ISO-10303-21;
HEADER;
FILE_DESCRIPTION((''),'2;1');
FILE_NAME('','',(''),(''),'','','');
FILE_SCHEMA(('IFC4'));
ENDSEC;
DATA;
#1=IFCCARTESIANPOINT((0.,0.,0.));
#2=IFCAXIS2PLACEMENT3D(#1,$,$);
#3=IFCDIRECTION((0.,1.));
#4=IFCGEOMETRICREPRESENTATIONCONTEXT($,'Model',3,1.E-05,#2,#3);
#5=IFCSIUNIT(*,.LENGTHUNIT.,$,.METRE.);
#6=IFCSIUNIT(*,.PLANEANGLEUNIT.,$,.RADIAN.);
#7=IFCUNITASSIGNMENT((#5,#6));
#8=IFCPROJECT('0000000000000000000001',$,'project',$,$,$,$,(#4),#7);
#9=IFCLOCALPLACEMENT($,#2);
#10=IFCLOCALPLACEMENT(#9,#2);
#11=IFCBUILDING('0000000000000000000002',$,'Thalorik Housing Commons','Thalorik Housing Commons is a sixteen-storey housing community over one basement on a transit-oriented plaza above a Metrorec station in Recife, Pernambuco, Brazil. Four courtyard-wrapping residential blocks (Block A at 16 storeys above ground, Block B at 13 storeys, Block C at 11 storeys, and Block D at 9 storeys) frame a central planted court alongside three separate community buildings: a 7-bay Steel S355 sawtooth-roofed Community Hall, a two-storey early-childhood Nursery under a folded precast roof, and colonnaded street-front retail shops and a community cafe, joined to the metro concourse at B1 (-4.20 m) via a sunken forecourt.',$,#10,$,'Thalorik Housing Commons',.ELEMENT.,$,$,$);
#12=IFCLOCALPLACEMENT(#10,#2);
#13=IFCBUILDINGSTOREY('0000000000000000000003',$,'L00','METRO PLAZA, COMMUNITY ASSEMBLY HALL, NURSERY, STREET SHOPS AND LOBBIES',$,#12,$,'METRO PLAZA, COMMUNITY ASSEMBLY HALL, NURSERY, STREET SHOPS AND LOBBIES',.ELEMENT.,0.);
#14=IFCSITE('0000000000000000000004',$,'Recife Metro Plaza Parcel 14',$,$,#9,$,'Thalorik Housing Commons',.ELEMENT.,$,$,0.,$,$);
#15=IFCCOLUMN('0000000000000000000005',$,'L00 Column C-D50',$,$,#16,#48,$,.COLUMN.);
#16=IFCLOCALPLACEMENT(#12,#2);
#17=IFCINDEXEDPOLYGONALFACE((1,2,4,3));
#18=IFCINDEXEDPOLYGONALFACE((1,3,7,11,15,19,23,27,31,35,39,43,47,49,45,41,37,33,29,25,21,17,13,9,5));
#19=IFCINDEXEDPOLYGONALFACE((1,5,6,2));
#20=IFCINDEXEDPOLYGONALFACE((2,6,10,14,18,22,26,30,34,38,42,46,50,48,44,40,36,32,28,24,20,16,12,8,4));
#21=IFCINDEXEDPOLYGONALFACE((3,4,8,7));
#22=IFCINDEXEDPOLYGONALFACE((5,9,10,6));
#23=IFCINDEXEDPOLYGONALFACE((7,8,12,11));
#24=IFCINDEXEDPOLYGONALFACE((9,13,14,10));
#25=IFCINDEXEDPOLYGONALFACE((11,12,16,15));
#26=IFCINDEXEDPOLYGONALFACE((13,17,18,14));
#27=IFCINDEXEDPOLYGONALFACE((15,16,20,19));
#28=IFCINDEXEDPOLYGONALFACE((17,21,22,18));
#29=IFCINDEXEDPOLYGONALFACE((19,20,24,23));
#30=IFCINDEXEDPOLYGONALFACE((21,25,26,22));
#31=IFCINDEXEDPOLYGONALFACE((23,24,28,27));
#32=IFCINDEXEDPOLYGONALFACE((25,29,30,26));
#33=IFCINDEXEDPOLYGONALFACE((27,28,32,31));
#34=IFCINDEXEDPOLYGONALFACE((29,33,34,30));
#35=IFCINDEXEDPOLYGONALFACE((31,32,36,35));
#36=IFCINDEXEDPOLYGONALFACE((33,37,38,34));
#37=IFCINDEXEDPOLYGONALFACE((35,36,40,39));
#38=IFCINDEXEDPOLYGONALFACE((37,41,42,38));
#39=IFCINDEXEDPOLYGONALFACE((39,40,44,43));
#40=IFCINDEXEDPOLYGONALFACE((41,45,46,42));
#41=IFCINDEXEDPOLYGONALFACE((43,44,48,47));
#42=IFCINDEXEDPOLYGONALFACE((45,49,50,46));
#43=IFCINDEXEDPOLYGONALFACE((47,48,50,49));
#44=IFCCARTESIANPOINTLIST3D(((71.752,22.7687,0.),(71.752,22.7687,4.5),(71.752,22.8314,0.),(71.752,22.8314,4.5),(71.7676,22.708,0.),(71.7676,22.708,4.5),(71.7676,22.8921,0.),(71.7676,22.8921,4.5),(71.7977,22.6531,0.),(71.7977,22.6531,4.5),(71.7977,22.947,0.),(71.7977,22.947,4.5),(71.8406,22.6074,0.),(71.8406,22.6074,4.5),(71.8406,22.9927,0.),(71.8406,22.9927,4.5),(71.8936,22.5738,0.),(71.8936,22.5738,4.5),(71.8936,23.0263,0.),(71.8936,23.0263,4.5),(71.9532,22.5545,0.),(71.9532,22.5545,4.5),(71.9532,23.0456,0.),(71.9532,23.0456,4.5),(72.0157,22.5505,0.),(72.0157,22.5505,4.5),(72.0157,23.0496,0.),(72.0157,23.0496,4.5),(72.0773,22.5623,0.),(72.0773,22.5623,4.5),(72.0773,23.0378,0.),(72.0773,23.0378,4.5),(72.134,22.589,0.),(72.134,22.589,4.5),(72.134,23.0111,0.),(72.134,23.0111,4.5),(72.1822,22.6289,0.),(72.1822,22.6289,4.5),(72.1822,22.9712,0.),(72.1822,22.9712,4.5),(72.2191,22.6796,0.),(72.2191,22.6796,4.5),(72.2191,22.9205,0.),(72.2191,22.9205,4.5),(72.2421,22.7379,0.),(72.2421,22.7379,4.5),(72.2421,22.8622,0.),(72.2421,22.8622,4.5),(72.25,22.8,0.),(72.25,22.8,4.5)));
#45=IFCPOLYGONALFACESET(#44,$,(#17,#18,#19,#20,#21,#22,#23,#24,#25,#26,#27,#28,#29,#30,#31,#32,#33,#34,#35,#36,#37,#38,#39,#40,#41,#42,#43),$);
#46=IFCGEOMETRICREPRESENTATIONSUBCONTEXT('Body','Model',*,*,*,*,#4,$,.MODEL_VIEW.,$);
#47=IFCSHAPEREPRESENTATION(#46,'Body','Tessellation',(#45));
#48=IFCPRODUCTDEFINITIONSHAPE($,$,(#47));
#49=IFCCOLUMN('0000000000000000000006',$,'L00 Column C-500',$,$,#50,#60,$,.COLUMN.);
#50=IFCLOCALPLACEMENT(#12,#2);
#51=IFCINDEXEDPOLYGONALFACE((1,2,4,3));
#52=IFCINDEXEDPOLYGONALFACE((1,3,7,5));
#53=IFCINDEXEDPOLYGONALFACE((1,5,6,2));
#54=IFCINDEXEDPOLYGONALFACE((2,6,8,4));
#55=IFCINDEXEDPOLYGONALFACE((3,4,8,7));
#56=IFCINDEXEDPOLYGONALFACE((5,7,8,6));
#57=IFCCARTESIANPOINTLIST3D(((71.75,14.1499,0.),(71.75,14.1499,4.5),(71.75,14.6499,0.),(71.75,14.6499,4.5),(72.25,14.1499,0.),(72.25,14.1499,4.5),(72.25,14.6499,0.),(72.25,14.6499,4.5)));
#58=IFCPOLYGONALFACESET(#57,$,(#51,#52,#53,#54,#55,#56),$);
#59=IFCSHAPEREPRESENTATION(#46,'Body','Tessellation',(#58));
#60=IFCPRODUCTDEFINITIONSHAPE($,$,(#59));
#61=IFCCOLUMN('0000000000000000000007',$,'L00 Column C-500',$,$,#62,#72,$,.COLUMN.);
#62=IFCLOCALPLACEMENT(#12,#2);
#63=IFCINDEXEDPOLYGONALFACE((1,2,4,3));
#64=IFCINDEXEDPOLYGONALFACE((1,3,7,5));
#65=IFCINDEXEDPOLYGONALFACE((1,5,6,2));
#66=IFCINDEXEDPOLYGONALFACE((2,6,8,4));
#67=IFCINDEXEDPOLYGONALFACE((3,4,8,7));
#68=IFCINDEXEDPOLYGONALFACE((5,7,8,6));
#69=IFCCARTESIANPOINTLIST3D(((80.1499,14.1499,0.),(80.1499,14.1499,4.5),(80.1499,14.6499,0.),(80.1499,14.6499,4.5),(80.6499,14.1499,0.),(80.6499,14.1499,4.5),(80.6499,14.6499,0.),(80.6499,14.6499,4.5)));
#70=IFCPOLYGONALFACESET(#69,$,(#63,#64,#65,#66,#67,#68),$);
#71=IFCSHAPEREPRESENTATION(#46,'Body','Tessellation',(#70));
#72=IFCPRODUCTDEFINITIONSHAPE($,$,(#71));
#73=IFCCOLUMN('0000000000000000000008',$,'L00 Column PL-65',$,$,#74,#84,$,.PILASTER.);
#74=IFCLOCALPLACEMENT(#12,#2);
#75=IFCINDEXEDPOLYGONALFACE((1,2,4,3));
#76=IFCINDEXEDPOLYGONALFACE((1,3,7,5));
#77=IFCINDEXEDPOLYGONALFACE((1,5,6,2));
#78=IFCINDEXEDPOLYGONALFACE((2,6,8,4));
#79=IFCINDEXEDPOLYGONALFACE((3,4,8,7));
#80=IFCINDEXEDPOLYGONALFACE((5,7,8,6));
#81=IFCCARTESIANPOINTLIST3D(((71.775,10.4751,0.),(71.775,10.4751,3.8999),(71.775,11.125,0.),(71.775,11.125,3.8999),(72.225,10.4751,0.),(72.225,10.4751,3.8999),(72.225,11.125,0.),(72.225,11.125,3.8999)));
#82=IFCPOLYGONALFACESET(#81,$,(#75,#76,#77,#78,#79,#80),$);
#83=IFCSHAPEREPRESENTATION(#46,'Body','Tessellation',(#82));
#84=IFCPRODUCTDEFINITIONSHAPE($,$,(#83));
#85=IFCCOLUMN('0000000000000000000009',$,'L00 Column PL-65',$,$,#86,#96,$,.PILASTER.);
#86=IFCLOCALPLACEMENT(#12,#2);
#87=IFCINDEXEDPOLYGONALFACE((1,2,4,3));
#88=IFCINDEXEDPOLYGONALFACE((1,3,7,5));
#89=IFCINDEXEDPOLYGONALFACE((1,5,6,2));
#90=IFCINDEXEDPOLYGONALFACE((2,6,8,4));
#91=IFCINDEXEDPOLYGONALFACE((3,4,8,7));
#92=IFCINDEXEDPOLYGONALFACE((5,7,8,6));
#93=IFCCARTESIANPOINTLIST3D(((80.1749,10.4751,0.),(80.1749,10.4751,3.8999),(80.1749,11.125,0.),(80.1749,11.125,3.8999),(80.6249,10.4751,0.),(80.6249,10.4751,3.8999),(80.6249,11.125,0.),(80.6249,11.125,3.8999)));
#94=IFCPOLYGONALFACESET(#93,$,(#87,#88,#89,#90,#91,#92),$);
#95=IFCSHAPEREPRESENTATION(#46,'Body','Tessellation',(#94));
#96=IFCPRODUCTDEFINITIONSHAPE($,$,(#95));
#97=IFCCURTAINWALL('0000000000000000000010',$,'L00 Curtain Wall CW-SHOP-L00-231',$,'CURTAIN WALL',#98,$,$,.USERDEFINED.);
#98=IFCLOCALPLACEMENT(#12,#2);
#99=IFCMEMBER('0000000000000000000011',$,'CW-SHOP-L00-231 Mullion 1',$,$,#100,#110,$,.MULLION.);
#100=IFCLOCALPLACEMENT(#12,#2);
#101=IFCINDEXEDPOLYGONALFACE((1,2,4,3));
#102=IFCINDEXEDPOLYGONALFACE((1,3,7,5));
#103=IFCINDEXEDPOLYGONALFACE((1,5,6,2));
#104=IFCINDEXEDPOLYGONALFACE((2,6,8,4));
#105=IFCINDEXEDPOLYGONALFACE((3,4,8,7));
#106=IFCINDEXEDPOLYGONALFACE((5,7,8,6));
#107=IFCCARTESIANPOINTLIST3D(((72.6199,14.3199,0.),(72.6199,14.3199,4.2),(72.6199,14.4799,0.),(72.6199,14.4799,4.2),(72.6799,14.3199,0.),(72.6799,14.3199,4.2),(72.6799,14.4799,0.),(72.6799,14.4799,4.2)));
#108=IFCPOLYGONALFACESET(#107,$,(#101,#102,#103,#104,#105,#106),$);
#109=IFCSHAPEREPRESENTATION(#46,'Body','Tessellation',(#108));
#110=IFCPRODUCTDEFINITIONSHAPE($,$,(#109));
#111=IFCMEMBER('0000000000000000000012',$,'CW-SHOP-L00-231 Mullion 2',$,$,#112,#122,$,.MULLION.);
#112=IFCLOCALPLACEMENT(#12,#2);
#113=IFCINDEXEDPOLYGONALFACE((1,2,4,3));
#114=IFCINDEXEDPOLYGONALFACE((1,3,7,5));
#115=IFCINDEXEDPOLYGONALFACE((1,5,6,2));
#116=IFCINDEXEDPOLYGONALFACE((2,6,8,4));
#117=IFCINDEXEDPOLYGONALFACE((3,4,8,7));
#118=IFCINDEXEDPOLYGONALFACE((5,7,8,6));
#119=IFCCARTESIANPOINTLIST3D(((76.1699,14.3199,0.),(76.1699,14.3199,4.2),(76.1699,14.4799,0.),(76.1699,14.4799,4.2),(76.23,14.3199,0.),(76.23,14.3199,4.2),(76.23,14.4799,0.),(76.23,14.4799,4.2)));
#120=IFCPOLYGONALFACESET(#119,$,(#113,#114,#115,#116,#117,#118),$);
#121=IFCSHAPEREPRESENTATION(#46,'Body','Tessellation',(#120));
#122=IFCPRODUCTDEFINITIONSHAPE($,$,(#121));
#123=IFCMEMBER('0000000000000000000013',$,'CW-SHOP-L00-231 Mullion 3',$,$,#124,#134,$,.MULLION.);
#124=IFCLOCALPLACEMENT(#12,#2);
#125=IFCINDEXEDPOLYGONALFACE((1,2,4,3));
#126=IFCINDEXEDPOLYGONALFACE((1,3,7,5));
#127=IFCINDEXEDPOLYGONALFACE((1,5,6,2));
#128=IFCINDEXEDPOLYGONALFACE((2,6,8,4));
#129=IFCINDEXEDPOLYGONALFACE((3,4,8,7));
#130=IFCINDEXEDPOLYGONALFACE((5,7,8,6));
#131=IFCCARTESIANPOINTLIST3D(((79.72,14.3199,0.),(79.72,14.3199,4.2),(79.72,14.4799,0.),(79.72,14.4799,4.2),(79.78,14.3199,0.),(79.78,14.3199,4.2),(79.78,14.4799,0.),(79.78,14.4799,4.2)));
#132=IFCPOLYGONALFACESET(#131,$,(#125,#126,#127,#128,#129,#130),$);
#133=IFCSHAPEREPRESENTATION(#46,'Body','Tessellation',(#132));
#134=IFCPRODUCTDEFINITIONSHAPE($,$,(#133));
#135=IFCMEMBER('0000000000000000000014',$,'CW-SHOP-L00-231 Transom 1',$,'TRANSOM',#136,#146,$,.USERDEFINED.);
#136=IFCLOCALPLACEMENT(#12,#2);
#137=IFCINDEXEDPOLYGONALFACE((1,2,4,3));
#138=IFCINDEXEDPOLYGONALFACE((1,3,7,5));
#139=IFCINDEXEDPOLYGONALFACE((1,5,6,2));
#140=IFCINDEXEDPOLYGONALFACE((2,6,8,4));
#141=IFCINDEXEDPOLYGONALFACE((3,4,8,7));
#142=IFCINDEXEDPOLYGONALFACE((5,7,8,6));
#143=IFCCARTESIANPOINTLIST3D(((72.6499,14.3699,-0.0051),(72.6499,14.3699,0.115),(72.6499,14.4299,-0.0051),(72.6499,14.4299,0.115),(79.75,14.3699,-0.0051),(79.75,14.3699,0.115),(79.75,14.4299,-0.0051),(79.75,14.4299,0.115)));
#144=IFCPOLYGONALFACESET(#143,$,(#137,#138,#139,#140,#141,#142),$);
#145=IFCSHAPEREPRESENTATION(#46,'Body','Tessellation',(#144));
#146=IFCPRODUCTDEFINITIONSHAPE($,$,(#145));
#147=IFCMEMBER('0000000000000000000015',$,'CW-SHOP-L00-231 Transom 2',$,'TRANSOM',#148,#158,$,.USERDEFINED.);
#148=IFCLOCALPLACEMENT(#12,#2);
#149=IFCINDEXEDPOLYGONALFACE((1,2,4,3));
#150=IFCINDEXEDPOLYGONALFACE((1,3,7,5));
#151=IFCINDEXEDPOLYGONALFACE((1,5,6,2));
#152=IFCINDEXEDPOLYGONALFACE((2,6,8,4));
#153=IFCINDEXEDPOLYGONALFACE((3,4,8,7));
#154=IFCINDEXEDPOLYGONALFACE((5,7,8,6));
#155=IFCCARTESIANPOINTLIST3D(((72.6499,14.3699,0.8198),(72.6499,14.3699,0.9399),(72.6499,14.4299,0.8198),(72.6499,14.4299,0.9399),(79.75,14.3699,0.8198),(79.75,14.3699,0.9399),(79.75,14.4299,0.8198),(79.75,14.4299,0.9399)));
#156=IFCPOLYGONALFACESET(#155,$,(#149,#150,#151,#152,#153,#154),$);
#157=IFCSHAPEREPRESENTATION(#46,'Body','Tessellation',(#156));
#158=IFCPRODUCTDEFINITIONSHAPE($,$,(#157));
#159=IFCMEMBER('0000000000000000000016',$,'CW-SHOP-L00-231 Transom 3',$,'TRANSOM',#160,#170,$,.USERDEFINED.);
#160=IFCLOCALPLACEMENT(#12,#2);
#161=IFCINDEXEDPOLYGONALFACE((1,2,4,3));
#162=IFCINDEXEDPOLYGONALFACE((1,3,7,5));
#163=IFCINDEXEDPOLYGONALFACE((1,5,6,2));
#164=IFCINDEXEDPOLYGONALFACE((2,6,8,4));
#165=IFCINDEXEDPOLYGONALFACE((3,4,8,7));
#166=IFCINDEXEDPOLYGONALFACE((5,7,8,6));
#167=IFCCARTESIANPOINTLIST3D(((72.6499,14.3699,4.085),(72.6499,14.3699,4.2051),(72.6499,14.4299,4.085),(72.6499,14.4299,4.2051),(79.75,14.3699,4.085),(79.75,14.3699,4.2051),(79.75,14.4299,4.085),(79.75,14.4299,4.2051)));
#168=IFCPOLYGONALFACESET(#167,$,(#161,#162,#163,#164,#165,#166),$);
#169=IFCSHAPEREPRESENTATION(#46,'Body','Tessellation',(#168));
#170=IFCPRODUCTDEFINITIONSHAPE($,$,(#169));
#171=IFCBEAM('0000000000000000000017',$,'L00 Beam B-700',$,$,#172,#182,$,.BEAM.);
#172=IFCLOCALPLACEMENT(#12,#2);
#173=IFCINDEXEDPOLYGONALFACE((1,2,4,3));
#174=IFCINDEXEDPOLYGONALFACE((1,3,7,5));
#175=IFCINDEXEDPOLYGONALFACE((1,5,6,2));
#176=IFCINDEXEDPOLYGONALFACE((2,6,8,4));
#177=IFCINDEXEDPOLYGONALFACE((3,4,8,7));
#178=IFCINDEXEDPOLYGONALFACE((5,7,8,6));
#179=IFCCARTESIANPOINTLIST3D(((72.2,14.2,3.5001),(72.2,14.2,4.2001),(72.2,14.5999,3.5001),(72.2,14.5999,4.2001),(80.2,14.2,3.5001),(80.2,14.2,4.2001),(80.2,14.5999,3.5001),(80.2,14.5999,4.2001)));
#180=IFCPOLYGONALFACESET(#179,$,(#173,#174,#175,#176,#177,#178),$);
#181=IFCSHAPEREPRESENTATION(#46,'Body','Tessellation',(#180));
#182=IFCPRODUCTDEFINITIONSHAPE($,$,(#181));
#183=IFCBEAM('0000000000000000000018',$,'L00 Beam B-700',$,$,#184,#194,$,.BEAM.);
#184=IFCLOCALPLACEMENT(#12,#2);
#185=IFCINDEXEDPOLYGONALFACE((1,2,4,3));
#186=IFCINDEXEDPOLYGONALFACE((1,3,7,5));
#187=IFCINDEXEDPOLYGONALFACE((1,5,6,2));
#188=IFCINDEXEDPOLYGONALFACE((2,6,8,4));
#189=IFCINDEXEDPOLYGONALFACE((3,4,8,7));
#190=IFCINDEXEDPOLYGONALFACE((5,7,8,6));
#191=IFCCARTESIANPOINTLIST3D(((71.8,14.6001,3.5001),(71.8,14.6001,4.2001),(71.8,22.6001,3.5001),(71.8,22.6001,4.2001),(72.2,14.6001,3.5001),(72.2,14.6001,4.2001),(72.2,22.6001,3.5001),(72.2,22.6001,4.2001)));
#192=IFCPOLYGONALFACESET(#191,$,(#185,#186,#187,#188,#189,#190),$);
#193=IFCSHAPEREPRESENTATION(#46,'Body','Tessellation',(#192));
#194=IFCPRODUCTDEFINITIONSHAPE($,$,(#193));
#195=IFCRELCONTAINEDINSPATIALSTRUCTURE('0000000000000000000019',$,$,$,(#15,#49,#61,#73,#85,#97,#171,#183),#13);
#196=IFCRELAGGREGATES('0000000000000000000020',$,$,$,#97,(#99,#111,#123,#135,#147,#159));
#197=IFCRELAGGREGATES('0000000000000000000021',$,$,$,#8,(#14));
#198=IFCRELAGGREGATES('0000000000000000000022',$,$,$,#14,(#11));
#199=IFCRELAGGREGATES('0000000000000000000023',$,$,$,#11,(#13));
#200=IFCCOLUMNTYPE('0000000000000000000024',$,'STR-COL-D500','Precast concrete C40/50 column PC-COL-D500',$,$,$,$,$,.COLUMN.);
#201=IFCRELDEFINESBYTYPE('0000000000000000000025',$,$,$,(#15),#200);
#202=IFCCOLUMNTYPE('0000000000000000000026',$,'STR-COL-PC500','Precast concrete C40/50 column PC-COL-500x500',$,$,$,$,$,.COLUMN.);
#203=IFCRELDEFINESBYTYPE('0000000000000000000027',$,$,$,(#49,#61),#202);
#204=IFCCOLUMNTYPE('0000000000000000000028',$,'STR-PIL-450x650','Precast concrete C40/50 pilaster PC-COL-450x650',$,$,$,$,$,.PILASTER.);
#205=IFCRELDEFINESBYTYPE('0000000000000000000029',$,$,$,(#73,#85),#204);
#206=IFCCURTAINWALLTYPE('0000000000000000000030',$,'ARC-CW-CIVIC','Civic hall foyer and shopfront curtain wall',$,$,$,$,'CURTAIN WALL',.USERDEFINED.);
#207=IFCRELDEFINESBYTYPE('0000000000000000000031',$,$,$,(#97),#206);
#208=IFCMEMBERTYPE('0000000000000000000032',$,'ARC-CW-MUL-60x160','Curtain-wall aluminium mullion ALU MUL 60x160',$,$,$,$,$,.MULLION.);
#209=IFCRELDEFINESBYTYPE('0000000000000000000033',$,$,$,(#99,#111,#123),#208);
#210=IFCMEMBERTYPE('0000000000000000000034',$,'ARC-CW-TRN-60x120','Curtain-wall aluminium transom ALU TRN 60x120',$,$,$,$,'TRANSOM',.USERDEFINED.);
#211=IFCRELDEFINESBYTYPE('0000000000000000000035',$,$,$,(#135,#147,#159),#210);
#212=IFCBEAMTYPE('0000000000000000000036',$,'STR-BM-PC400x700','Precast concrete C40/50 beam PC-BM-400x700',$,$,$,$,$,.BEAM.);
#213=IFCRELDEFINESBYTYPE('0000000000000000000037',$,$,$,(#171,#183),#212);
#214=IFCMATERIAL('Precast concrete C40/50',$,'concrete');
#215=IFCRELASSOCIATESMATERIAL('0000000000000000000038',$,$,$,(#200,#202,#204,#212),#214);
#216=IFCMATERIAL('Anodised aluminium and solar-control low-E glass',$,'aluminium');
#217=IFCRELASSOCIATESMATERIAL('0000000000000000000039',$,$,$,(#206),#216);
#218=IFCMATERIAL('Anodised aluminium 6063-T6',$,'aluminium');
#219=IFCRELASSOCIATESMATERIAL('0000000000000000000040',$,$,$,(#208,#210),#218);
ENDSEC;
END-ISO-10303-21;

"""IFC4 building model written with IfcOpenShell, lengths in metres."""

from ifc_helpers import new_model, si_unit, direction, frame, origin, origin_2d, place, context, subcontext, project, spatial, rectangle, circle, extrude, material, material_profile, profile_set, type_object, element, aggregate, save


model = new_model("IFC4")

# Units and contexts
model_context = context("Model", 3, precision=1e-05, world=origin(), true_north=direction((0.0, 1.0)))
body_context = subcontext(model_context, "Body", "Model", "MODEL_VIEW")
ifc_project = project(units=[si_unit("LENGTHUNIT", "METRE"), si_unit("PLANEANGLEUNIT", "RADIAN")], contexts=[model_context])

# Site, building, storey
site_placement = place(None, origin())
site = spatial("IfcSite", under=ifc_project, at=site_placement, Name="Recife Metro Plaza Parcel 14", LongName="Thalorik Housing Commons", CompositionType="ELEMENT", RefElevation=0.0)
building_placement = place(site_placement, origin())
building = spatial("IfcBuilding", under=site, at=building_placement, Name="Thalorik Housing Commons", Description="Thalorik Housing Commons is a sixteen-storey housing community over one basement on a transit-oriented plaza above a Metrorec station in Recife, Pernambuco, Brazil. Four courtyard-wrapping residential blocks (Block A at 16 storeys above ground, Block B at 13 storeys, Block C at 11 storeys, and Block D at 9 storeys) frame a central planted court alongside three separate community buildings: a 7-bay Steel S355 sawtooth-roofed Community Hall, a two-storey early-childhood Nursery under a folded precast roof, and colonnaded street-front retail shops and a community cafe, joined to the metro concourse at B1 (-4.20 m) via a sunken forecourt.", LongName="Thalorik Housing Commons", CompositionType="ELEMENT")
storey_placement = place(building_placement, origin())
storey = spatial("IfcBuildingStorey", under=building, at=storey_placement, Name="L00", Description="METRO PLAZA, COMMUNITY ASSEMBLY HALL, NURSERY, STREET SHOPS AND LOBBIES", LongName="METRO PLAZA, COMMUNITY ASSEMBLY HALL, NURSERY, STREET SHOPS AND LOBBIES", CompositionType="ELEMENT", Elevation=0.0)

# Columns
ifc_material_1 = material(Name="Precast concrete C40/50", Category="concrete")
ifc_material_profile_1 = material_profile(ifc_material_1, circle(Radius=0.25, at=origin_2d()), Name="PC D500", Category="concrete")
ifc_profile_set_1 = profile_set([ifc_material_profile_1], Name="Precast concrete C40/50")
column_type_1 = type_object("IfcColumnType", Name="STR-COL-D500", Description="Precast concrete C40/50 column PC-COL-D500", PredefinedType="COLUMN", material=ifc_profile_set_1)
column_placement = place(storey_placement, frame((72.0, 22.8, 0.0), z_axis=(0.0, 0.0, 1.0), x_axis=(1.0, 0.0, 0.0)))
element("IfcColumn", 1, at=column_placement, inside=storey, type_object=column_type_1, Name="L00 Column C-D50", PredefinedType="COLUMN", context=body_context, shape_type="SweptSolid", body=[
    extrude(circle(Radius=0.25, at=origin_2d()), origin(), (0.0, 0.0, 1.0), 4.5),
])
ifc_material_profile_2 = material_profile(ifc_material_1, rectangle(XDim=0.5, YDim=0.5, at=origin_2d()), Name="PC 500x500", Category="concrete")
ifc_profile_set_2 = profile_set([ifc_material_profile_2], Name="Precast concrete C40/50")
column_type_2 = type_object("IfcColumnType", Name="STR-COL-PC500", Description="Precast concrete C40/50 column PC-COL-500x500", PredefinedType="COLUMN", material=ifc_profile_set_2)
for number, where, z_axis, x_axis, name in (
    (2, (72.0, 14.3999, 0.0), (0.0, 0.0, 1.0), (1.0, 0.0, 0.0), "L00 Column C-500"),
    (3, (80.3999, 14.3999, 0.0), (0.0, 0.0, 1.0), (1.0, 0.0, 0.0), "L00 Column C-500"),
):
    element("IfcColumn", number, at=place(storey_placement, frame(where, z_axis=z_axis, x_axis=x_axis)), inside=storey, type_object=column_type_2, Name=name, PredefinedType="COLUMN", context=body_context, shape_type="SweptSolid", body=[
        extrude(rectangle(XDim=0.5, YDim=0.5, at=origin_2d()), origin(), (0.0, 0.0, 1.0), 4.5),
    ])
ifc_material_profile_3 = material_profile(ifc_material_1, rectangle(XDim=0.45, YDim=0.6499, at=origin_2d()), Name="PC 450x650", Category="concrete")
ifc_profile_set_3 = profile_set([ifc_material_profile_3], Name="Precast concrete C40/50")
column_type_3 = type_object("IfcColumnType", Name="STR-PIL-450x650", Description="Precast concrete C40/50 pilaster PC-COL-450x650", PredefinedType="PILASTER", material=ifc_profile_set_3)
for number, where, z_axis, x_axis, name in (
    (4, (72.0, 10.8, 0.0), (0.0, 0.0, 1.0), (1.0, 0.0, 0.0), "L00 Column PL-65"),
    (5, (80.3999, 10.8, 0.0), (0.0, 0.0, 1.0), (1.0, 0.0, 0.0), "L00 Column PL-65"),
):
    element("IfcColumn", number, at=place(storey_placement, frame(where, z_axis=z_axis, x_axis=x_axis)), inside=storey, type_object=column_type_3, Name=name, PredefinedType="PILASTER", context=body_context, shape_type="SweptSolid", body=[
        extrude(rectangle(XDim=0.45, YDim=0.6499, at=origin_2d()), origin(), (0.0, 0.0, 1.0), 3.8999),
    ])

# Curtain wall, members
ifc_material_2 = material(Name="Anodised aluminium and solar-control low-E glass", Category="aluminium")
curtain_wall_type = type_object("IfcCurtainWallType", Name="ARC-CW-CIVIC", Description="Civic hall foyer and shopfront curtain wall", ElementType="CURTAIN WALL", PredefinedType="USERDEFINED", material=ifc_material_2)
curtain_wall_placement = place(storey_placement, origin())
curtain_wall = element("IfcCurtainWall", 6, at=curtain_wall_placement, inside=storey, type_object=curtain_wall_type, Name="L00 Curtain Wall CW-SHOP-L00-231", ObjectType="CURTAIN WALL", PredefinedType="USERDEFINED")
ifc_material_3 = material(Name="Anodised aluminium 6063-T6", Category="aluminium")
ifc_material_profile_4 = material_profile(ifc_material_3, rectangle(XDim=0.0601, YDim=0.1599, at=origin_2d()), Name="ALU MUL 60x160", Category="aluminium")
ifc_profile_set_4 = profile_set([ifc_material_profile_4], Name="Anodised aluminium 6063-T6")
member_type_1 = type_object("IfcMemberType", Name="ARC-CW-MUL-60x160", Description="Curtain-wall aluminium mullion ALU MUL 60x160", PredefinedType="MULLION", material=ifc_profile_set_4)
member_1_placement = place(storey_placement, frame((72.6499, 14.3999, 0.0), z_axis=(0.0, 0.0, 1.0), x_axis=(1.0, 0.0, 0.0)))
member_1 = element("IfcMember", 7, at=member_1_placement, type_object=member_type_1, Name="CW-SHOP-L00-231 Mullion 1", PredefinedType="MULLION", context=body_context, shape_type="SweptSolid", body=[
    extrude(rectangle(XDim=0.0601, YDim=0.1599, at=origin_2d()), origin(), (0.0, 0.0, 1.0), 4.2),
])
member_2_placement = place(storey_placement, frame((76.2, 14.3999, 0.0), z_axis=(0.0, 0.0, 1.0), x_axis=(1.0, 0.0, 0.0)))
member_2 = element("IfcMember", 8, at=member_2_placement, type_object=member_type_1, Name="CW-SHOP-L00-231 Mullion 2", PredefinedType="MULLION", context=body_context, shape_type="SweptSolid", body=[
    extrude(rectangle(XDim=0.0601, YDim=0.1599, at=origin_2d()), origin(), (0.0, 0.0, 1.0), 4.2),
])
member_3_placement = place(storey_placement, frame((79.75, 14.3999, 0.0), z_axis=(0.0, 0.0, 1.0), x_axis=(1.0, 0.0, 0.0)))
member_3 = element("IfcMember", 9, at=member_3_placement, type_object=member_type_1, Name="CW-SHOP-L00-231 Mullion 3", PredefinedType="MULLION", context=body_context, shape_type="SweptSolid", body=[
    extrude(rectangle(XDim=0.0601, YDim=0.1599, at=origin_2d()), origin(), (0.0, 0.0, 1.0), 4.2),
])
ifc_material_profile_5 = material_profile(ifc_material_3, rectangle(XDim=0.0601, YDim=0.1201, at=origin_2d()), Name="ALU TRN 60x120", Category="aluminium")
ifc_profile_set_5 = profile_set([ifc_material_profile_5], Name="Anodised aluminium 6063-T6")
member_type_2 = type_object("IfcMemberType", Name="ARC-CW-TRN-60x120", Description="Curtain-wall aluminium transom ALU TRN 60x120", ElementType="TRANSOM", PredefinedType="USERDEFINED", material=ifc_profile_set_5)
member_4_placement = place(storey_placement, frame((72.6499, 14.3999, 0.0549), z_axis=(1.0, 0.0, 0.0), x_axis=(0.0, 1.0, 0.0)))
member_4 = element("IfcMember", 10, at=member_4_placement, type_object=member_type_2, Name="CW-SHOP-L00-231 Transom 1", ObjectType="TRANSOM", PredefinedType="USERDEFINED", context=body_context, shape_type="SweptSolid", body=[
    extrude(rectangle(XDim=0.0601, YDim=0.1201, at=origin_2d()), origin(), (0.0, 0.0, 1.0), 7.1001),
])
member_5_placement = place(storey_placement, frame((72.6499, 14.3999, 0.8799), z_axis=(1.0, 0.0, 0.0), x_axis=(0.0, 1.0, 0.0)))
member_5 = element("IfcMember", 11, at=member_5_placement, type_object=member_type_2, Name="CW-SHOP-L00-231 Transom 2", ObjectType="TRANSOM", PredefinedType="USERDEFINED", context=body_context, shape_type="SweptSolid", body=[
    extrude(rectangle(XDim=0.0601, YDim=0.1201, at=origin_2d()), origin(), (0.0, 0.0, 1.0), 7.1001),
])
member_6_placement = place(storey_placement, frame((72.6499, 14.3999, 4.145), z_axis=(1.0, 0.0, 0.0), x_axis=(0.0, 1.0, 0.0)))
member_6 = element("IfcMember", 12, at=member_6_placement, type_object=member_type_2, Name="CW-SHOP-L00-231 Transom 3", ObjectType="TRANSOM", PredefinedType="USERDEFINED", context=body_context, shape_type="SweptSolid", body=[
    extrude(rectangle(XDim=0.0601, YDim=0.1201, at=origin_2d()), origin(), (0.0, 0.0, 1.0), 7.1001),
])

# Beams
ifc_material_profile_6 = material_profile(ifc_material_1, rectangle(XDim=0.3999, YDim=0.7, at=origin_2d()), Name="PC 400x700", Category="concrete")
ifc_profile_set_6 = profile_set([ifc_material_profile_6], Name="Precast concrete C40/50")
beam_type_1 = type_object("IfcBeamType", Name="STR-BM-PC400x700", Description="Precast concrete C40/50 beam PC-BM-400x700", PredefinedType="BEAM", material=ifc_profile_set_6)
for number, where, z_axis, x_axis, name in (
    (13, (72.2, 14.3999, 3.8501), (1.0, 0.0, 0.0), (0.0, 1.0, 0.0), "L00 Beam B-700"),
    (14, (72.0, 14.6001, 3.8501), (0.0, 1.0, 0.0), (-1.0, 0.0, 0.0), "L00 Beam B-700"),
):
    element("IfcBeam", number, at=place(storey_placement, frame(where, z_axis=z_axis, x_axis=x_axis)), inside=storey, type_object=beam_type_1, Name=name, PredefinedType="BEAM", context=body_context, shape_type="SweptSolid", body=[
        extrude(rectangle(XDim=0.3999, YDim=0.7, at=origin_2d()), origin(), (0.0, 0.0, 1.0), 8.0),
    ])

aggregate(curtain_wall, [member_1, member_2, member_3, member_4, member_5, member_6])

save(model, "model.ifc")
